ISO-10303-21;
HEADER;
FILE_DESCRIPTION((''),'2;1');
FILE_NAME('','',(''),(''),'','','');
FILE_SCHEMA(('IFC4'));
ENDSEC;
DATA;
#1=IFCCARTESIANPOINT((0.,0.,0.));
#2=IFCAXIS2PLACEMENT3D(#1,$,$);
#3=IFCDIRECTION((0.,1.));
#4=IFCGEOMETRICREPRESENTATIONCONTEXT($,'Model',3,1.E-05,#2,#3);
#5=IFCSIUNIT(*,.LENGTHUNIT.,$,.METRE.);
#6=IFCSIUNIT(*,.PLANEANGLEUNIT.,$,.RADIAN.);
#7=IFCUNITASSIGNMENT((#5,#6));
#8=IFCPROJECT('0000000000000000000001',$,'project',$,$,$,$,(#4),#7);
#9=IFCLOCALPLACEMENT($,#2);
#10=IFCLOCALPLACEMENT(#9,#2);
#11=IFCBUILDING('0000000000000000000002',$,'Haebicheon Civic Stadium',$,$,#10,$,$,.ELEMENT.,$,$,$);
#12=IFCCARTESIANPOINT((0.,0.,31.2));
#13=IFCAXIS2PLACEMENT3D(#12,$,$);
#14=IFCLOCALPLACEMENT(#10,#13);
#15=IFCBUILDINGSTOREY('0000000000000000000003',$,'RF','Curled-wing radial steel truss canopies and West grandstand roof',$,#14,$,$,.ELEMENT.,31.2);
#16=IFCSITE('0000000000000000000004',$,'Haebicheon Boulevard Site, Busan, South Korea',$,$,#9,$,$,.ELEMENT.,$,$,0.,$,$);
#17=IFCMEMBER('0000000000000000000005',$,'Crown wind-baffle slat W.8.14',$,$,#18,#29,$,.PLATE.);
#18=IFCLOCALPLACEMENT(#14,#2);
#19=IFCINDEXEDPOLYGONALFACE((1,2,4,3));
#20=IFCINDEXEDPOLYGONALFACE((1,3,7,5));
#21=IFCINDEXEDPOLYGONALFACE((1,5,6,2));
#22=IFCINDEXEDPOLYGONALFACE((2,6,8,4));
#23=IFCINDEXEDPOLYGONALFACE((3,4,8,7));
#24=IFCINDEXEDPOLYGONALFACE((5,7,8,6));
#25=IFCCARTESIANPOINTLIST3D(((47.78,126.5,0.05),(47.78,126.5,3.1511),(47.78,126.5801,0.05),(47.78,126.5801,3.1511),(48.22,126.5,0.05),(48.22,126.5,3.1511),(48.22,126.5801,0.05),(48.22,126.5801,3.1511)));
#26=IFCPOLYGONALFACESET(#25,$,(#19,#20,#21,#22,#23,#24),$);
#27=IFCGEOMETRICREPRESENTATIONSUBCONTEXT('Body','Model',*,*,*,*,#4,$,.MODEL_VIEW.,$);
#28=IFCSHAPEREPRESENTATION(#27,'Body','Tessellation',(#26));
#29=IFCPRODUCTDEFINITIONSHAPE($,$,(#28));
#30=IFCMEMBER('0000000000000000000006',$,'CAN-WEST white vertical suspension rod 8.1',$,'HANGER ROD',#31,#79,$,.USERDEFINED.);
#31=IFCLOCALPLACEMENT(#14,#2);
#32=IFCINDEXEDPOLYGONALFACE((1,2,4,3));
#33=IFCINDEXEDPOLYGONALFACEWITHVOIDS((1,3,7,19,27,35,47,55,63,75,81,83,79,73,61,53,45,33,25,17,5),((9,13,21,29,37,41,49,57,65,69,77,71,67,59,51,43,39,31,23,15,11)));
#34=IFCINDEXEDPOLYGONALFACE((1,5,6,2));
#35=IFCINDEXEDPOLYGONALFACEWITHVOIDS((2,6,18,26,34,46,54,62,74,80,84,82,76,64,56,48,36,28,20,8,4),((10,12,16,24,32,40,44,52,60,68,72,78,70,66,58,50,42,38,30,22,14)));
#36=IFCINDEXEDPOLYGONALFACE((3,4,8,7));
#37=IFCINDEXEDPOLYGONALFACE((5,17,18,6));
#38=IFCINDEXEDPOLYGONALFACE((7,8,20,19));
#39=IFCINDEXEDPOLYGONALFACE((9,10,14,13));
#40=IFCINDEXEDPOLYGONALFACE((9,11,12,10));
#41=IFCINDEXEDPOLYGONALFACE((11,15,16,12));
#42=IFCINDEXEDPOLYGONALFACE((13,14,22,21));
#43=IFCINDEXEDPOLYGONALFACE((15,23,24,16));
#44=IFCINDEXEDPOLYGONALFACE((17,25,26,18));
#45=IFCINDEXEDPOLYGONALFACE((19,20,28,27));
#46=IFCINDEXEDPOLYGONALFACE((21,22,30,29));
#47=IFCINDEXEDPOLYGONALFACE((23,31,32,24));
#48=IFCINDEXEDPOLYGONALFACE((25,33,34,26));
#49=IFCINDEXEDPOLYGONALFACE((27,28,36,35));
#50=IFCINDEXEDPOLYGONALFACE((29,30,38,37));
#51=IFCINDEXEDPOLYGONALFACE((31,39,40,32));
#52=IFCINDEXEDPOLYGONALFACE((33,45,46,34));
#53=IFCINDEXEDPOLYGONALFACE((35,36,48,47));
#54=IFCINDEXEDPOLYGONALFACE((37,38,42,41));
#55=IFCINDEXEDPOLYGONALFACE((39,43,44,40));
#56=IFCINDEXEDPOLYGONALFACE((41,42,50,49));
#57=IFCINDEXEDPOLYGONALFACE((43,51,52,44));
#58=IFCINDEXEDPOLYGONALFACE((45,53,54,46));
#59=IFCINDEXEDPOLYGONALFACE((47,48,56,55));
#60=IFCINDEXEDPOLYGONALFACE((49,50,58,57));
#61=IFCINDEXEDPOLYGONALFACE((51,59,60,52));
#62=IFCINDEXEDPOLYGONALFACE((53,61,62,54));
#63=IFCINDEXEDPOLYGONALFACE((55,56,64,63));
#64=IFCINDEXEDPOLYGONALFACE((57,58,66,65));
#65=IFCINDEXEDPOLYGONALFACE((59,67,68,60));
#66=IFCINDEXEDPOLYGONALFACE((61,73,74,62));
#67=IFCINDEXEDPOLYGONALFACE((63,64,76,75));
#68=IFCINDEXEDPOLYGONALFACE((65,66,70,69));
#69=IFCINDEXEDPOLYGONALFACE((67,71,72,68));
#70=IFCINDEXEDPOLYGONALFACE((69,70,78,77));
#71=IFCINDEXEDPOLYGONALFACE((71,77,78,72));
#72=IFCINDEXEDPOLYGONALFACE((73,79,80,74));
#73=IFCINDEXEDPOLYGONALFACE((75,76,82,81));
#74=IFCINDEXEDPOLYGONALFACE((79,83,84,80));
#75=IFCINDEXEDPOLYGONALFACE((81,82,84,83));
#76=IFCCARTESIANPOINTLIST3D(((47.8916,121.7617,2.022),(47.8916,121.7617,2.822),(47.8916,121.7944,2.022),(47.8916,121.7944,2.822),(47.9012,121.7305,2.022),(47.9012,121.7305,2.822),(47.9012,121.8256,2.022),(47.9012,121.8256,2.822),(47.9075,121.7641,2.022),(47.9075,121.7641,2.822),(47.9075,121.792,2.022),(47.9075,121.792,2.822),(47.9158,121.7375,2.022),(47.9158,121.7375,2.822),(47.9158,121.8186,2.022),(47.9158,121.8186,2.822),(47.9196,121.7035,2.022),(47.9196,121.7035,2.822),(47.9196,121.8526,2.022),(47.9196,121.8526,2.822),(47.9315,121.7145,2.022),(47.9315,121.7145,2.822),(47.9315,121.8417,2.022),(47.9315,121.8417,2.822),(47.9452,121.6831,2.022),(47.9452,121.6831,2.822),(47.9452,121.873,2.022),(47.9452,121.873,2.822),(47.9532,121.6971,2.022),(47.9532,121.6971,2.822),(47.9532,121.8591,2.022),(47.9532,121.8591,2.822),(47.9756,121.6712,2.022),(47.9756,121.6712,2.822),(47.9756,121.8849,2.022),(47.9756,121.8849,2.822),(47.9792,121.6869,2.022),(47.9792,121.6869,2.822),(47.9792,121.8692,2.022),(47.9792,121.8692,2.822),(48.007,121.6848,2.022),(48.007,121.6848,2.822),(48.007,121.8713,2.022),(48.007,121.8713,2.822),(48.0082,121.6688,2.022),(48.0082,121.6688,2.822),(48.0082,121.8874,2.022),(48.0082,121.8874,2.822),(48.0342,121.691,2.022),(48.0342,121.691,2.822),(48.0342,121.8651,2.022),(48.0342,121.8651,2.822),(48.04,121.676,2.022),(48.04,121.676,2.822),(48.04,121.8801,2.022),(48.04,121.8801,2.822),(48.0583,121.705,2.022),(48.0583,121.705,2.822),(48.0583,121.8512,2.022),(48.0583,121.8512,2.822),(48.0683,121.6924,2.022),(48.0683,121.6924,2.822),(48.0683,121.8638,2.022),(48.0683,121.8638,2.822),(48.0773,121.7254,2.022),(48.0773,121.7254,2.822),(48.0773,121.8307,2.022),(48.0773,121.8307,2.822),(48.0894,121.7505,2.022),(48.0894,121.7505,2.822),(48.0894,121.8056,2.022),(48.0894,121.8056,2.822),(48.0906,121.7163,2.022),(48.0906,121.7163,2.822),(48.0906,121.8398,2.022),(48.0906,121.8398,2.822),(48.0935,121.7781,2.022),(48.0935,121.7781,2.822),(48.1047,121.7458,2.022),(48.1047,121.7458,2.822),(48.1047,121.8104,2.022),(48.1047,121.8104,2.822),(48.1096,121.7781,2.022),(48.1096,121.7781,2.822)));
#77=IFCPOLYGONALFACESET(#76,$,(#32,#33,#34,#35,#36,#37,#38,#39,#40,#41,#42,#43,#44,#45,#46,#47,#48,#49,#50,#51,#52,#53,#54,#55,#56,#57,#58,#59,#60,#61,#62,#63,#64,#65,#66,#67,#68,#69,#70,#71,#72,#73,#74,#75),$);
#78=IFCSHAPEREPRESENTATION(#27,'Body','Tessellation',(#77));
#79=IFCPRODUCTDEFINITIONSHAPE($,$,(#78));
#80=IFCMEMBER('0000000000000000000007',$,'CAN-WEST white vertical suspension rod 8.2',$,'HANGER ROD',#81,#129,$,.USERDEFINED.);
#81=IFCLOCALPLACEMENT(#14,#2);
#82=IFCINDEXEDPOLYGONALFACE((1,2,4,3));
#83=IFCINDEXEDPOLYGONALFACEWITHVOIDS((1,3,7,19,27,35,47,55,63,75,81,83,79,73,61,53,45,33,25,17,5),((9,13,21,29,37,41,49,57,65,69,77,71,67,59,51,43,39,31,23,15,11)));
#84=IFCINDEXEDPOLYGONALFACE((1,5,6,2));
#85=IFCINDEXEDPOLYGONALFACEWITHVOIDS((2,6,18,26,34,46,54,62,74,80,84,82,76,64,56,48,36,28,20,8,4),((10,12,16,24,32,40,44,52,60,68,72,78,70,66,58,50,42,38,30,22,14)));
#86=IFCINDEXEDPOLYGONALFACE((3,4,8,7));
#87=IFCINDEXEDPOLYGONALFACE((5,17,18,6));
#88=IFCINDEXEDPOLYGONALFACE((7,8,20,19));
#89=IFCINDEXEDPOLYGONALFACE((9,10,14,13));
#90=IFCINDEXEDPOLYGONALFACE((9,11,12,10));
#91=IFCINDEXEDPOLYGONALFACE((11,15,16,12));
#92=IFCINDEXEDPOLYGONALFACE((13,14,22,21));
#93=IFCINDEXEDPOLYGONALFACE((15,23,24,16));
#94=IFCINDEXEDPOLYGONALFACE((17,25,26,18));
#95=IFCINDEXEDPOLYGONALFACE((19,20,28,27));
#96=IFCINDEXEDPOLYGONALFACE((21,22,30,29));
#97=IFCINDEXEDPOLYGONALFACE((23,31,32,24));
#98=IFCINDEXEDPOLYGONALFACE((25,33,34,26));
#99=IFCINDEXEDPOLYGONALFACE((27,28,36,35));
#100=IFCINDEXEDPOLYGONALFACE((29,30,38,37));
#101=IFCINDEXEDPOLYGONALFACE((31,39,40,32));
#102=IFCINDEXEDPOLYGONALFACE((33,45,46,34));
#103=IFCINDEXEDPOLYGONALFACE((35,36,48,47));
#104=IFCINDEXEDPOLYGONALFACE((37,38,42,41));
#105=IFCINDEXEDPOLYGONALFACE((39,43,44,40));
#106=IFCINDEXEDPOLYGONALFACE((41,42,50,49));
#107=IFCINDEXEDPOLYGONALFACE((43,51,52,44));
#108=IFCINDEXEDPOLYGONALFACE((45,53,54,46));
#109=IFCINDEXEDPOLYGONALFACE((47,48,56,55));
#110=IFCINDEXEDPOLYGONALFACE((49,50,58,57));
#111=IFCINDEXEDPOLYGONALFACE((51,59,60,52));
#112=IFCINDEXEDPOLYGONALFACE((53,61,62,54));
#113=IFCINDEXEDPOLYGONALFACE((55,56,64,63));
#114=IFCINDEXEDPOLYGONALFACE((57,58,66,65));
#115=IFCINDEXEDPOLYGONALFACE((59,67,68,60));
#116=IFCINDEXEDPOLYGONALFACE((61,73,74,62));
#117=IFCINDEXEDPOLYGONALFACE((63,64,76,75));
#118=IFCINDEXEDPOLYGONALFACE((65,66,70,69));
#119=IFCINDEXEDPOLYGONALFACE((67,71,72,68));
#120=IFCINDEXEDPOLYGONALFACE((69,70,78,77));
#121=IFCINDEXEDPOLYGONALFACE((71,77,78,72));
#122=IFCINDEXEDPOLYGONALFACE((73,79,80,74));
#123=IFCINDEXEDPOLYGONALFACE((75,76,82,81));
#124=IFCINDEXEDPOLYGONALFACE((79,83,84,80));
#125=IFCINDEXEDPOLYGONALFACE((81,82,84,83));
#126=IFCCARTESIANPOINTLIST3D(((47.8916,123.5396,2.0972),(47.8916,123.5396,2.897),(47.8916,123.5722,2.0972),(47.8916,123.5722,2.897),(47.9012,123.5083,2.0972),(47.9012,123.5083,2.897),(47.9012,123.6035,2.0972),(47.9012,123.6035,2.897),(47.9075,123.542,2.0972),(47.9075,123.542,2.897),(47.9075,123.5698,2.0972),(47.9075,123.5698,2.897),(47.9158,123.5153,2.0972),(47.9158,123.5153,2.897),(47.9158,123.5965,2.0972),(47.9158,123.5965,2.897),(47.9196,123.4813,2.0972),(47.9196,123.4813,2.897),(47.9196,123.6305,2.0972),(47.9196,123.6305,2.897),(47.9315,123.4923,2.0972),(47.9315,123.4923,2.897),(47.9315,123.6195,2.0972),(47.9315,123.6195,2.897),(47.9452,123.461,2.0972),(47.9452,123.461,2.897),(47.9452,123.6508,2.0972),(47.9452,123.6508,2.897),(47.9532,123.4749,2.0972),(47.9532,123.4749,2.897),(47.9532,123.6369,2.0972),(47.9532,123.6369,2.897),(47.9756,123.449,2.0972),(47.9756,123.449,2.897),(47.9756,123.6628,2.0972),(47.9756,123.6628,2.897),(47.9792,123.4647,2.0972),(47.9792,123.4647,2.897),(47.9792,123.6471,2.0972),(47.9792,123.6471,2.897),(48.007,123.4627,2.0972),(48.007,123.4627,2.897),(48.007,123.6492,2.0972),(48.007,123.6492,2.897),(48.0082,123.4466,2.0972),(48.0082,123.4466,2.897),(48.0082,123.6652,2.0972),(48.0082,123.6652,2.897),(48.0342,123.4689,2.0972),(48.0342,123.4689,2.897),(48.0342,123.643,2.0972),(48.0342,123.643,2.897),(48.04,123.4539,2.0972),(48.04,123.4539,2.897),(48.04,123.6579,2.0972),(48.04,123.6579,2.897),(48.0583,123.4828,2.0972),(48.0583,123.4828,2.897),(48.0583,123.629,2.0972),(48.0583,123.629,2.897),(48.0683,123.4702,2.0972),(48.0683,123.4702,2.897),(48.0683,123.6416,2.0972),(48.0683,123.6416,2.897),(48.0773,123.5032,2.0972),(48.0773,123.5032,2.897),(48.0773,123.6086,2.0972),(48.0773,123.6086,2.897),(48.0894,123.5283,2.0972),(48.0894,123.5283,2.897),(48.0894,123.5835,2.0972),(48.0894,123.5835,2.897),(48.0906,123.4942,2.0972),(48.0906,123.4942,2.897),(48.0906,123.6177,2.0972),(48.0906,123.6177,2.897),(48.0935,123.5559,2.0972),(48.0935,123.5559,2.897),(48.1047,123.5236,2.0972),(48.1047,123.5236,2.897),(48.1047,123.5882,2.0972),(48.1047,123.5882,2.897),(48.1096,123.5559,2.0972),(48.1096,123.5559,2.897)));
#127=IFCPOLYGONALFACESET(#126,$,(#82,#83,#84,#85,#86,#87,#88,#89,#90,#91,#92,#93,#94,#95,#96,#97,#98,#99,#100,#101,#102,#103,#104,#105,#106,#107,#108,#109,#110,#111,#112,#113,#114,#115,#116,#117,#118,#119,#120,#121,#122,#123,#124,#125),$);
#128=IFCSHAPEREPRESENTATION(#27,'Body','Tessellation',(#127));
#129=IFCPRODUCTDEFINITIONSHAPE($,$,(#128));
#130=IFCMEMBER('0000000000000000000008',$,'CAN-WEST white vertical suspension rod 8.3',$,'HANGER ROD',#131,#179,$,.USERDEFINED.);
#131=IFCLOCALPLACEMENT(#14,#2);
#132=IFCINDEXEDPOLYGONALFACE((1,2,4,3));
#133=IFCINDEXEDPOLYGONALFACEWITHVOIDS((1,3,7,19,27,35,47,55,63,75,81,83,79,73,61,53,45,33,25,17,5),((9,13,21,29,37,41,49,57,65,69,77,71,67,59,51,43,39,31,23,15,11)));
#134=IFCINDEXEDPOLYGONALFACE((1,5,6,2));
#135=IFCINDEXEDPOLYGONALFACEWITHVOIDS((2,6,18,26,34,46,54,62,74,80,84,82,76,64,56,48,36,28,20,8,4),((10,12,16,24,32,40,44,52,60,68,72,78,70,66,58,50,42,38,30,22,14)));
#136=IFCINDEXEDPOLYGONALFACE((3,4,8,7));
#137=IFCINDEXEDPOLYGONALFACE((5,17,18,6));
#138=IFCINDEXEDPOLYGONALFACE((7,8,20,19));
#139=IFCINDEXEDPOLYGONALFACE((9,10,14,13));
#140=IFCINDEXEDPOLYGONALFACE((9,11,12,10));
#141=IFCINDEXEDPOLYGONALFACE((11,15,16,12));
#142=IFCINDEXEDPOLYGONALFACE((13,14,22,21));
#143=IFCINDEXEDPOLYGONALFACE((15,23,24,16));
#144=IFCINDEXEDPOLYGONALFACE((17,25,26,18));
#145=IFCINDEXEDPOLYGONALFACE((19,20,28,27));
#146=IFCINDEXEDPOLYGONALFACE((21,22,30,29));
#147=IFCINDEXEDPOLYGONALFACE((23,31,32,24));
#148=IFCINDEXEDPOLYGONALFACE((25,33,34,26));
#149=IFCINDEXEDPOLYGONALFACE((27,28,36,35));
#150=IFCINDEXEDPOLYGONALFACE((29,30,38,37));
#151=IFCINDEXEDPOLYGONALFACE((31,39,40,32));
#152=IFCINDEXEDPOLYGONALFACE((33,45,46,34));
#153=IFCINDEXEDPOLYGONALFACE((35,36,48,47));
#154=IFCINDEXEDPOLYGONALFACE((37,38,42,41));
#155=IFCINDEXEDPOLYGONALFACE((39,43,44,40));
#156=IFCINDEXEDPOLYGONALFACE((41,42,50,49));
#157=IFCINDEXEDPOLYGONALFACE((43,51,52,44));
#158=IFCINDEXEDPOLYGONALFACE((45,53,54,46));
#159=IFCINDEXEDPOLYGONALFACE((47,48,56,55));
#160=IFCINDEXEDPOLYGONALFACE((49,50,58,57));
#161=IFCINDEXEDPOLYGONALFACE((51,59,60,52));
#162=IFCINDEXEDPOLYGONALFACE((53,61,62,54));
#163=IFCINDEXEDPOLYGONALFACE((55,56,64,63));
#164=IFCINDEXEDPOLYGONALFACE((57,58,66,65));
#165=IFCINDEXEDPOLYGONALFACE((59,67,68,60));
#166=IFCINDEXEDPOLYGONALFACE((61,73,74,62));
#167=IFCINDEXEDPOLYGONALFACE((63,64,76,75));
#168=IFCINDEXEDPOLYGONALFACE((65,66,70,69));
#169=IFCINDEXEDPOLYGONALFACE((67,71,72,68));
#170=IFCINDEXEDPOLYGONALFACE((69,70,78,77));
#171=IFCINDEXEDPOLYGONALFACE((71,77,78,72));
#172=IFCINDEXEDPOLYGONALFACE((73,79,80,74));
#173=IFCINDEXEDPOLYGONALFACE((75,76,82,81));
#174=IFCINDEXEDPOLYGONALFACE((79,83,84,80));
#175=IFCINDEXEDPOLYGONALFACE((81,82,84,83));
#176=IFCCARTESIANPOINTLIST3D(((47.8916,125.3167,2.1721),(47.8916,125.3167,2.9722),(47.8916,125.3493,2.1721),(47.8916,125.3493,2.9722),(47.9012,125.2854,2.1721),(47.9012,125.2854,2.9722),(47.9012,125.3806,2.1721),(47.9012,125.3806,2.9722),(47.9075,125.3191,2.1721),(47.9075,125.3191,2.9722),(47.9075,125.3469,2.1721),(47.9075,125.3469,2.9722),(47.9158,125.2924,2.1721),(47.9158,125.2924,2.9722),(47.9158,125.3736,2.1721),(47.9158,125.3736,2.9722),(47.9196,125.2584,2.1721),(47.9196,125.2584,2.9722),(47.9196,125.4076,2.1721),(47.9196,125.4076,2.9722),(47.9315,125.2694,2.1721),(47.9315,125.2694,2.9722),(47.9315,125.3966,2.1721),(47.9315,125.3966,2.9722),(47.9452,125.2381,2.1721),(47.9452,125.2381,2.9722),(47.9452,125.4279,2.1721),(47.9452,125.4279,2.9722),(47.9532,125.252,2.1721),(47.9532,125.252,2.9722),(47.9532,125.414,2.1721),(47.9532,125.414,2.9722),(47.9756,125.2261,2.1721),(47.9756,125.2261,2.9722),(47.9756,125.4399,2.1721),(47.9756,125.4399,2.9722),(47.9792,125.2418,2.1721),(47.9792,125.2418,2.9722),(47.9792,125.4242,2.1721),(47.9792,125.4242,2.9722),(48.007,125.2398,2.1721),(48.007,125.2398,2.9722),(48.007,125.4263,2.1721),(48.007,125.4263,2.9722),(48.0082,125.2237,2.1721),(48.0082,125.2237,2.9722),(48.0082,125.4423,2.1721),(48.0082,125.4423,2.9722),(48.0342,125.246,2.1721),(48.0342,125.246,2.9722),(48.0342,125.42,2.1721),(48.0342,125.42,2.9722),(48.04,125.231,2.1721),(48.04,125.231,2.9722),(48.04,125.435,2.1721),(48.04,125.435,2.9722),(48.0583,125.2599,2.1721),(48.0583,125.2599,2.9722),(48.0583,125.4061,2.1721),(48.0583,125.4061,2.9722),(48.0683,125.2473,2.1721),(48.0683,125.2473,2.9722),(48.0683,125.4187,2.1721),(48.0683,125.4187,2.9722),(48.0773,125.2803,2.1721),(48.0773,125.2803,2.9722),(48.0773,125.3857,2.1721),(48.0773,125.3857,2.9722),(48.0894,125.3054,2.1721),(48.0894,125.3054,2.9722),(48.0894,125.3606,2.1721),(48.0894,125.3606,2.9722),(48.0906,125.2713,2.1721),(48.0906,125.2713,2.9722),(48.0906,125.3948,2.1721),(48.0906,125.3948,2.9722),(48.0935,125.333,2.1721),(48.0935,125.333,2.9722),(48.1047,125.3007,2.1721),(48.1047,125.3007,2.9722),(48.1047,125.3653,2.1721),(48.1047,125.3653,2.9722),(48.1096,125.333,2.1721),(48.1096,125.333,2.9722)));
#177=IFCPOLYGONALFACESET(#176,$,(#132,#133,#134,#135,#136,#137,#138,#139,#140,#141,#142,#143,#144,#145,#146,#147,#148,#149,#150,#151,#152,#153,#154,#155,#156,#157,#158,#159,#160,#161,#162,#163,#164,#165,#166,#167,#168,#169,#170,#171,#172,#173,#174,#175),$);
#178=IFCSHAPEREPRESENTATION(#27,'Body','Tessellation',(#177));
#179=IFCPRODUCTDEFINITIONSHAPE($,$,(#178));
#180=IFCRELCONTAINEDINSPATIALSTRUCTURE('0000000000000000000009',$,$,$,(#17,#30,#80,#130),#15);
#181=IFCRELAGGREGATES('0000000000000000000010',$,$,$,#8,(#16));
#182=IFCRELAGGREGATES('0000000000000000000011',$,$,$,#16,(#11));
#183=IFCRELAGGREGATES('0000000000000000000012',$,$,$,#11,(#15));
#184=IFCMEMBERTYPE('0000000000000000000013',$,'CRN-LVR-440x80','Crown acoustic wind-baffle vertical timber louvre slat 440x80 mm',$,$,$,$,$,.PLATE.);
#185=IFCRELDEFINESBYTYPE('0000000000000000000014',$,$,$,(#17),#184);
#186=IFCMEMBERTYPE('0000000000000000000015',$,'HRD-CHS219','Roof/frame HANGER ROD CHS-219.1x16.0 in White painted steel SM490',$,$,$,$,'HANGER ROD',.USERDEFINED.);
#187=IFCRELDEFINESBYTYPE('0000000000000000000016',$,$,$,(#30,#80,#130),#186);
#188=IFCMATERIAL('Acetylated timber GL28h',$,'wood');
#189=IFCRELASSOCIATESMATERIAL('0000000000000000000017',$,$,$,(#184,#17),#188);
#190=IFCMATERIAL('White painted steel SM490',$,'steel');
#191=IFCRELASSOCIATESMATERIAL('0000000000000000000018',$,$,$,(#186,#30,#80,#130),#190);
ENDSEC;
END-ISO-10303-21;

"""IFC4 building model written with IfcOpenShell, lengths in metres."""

from ifc_helpers import new_model, si_unit, direction, frame, origin, origin_2d, place, context, subcontext, project, spatial, rectangle, hollow_circle, extrude, material, material_profile, profile_set, type_object, element, save


model = new_model("IFC4")

# Units and contexts
model_context = context("Model", 3, precision=1e-05, world=origin(), true_north=direction((0.0, 1.0)))
body_context = subcontext(model_context, "Body", "Model", "MODEL_VIEW")
ifc_project = project(units=[si_unit("LENGTHUNIT", "METRE"), si_unit("PLANEANGLEUNIT", "RADIAN")], contexts=[model_context])

# Site, building, storey
site_placement = place(None, origin())
site = spatial("IfcSite", under=ifc_project, at=site_placement, Name="Haebicheon Boulevard Site, Busan, South Korea", CompositionType="ELEMENT", RefElevation=0.0)
building_placement = place(site_placement, origin())
building = spatial("IfcBuilding", under=site, at=building_placement, Name="Haebicheon Civic Stadium", CompositionType="ELEMENT")
storey_placement = place(building_placement, frame((0.0, 0.0, 31.2)))
storey = spatial("IfcBuildingStorey", under=building, at=storey_placement, Name="RF", Description="Curled-wing radial steel truss canopies and West grandstand roof", CompositionType="ELEMENT", Elevation=31.2)

# Members
ifc_material_1 = material(Name="Acetylated timber GL28h", Category="wood")
ifc_material_profile_1 = material_profile(ifc_material_1, rectangle(XDim=0.0801, YDim=0.4399, at=origin_2d()), Name="TMB-LOUV-80x440")
ifc_profile_set_1 = profile_set([ifc_material_profile_1], Name="Acetylated timber GL28h")
member_type_1 = type_object("IfcMemberType", Name="CRN-LVR-440x80", Description="Crown acoustic wind-baffle vertical timber louvre slat 440x80 mm", PredefinedType="PLATE", material=ifc_profile_set_1)
member_1_placement = place(storey_placement, frame((48.0, 126.54, 0.05), z_axis=(0.0, 0.0, 1.0), x_axis=(0.0, 1.0, 0.0)))
element("IfcMember", 1, at=member_1_placement, inside=storey, type_object=member_type_1, material=ifc_profile_set_1, Name="Crown wind-baffle slat W.8.14", PredefinedType="PLATE", context=body_context, shape_type="SweptSolid", body=[
    extrude(rectangle(XDim=0.0801, YDim=0.4399, at=origin_2d()), origin(), (0.0, 0.0, 1.0), 3.1011),
])
ifc_material_2 = material(Name="White painted steel SM490", Category="steel")
ifc_material_profile_2 = material_profile(ifc_material_2, hollow_circle(Radius=0.1096, WallThickness=0.0161, at=origin_2d()), Name="CHS-219.1x16.0")
ifc_profile_set_2 = profile_set([ifc_material_profile_2], Name="White painted steel SM490")
member_type_2 = type_object("IfcMemberType", Name="HRD-CHS219", Description="Roof/frame HANGER ROD CHS-219.1x16.0 in White painted steel SM490", ElementType="HANGER ROD", PredefinedType="USERDEFINED", material=ifc_profile_set_2)
member_2_placement = place(storey_placement, frame((48.0, 121.7781, 2.022), z_axis=(0.0, 0.0, 1.0), x_axis=(1.0, 0.0, 0.0)))
element("IfcMember", 2, at=member_2_placement, inside=storey, type_object=member_type_2, material=ifc_profile_set_2, Name="CAN-WEST white vertical suspension rod 8.1", ObjectType="HANGER ROD", PredefinedType="USERDEFINED", context=body_context, shape_type="SweptSolid", body=[
    extrude(hollow_circle(Radius=0.1096, WallThickness=0.0161, at=origin_2d()), origin(), (0.0, 0.0, 1.0), 0.8),
])
member_3_placement = place(storey_placement, frame((48.0, 123.5559, 2.0972), z_axis=(0.0, 0.0, 1.0), x_axis=(1.0, 0.0, 0.0)))
element("IfcMember", 3, at=member_3_placement, inside=storey, type_object=member_type_2, material=ifc_profile_set_2, Name="CAN-WEST white vertical suspension rod 8.2", ObjectType="HANGER ROD", PredefinedType="USERDEFINED", context=body_context, shape_type="SweptSolid", body=[
    extrude(hollow_circle(Radius=0.1096, WallThickness=0.0161, at=origin_2d()), origin(), (0.0, 0.0, 1.0), 0.7998),
])
for number, where, z_axis, x_axis, name in (
    (4, (48.0, 125.333, 2.1721), (0.0, 0.0, 1.0), (1.0, 0.0, 0.0), "CAN-WEST white vertical suspension rod 8.3"),
):
    element("IfcMember", number, at=place(storey_placement, frame(where, z_axis=z_axis, x_axis=x_axis)), inside=storey, type_object=member_type_2, material=ifc_profile_set_2, Name=name, ObjectType="HANGER ROD", PredefinedType="USERDEFINED", context=body_context, shape_type="SweptSolid", body=[
        extrude(hollow_circle(Radius=0.1096, WallThickness=0.0161, at=origin_2d()), origin(), (0.0, 0.0, 1.0), 0.8),
    ])

save(model, "model.ifc")
